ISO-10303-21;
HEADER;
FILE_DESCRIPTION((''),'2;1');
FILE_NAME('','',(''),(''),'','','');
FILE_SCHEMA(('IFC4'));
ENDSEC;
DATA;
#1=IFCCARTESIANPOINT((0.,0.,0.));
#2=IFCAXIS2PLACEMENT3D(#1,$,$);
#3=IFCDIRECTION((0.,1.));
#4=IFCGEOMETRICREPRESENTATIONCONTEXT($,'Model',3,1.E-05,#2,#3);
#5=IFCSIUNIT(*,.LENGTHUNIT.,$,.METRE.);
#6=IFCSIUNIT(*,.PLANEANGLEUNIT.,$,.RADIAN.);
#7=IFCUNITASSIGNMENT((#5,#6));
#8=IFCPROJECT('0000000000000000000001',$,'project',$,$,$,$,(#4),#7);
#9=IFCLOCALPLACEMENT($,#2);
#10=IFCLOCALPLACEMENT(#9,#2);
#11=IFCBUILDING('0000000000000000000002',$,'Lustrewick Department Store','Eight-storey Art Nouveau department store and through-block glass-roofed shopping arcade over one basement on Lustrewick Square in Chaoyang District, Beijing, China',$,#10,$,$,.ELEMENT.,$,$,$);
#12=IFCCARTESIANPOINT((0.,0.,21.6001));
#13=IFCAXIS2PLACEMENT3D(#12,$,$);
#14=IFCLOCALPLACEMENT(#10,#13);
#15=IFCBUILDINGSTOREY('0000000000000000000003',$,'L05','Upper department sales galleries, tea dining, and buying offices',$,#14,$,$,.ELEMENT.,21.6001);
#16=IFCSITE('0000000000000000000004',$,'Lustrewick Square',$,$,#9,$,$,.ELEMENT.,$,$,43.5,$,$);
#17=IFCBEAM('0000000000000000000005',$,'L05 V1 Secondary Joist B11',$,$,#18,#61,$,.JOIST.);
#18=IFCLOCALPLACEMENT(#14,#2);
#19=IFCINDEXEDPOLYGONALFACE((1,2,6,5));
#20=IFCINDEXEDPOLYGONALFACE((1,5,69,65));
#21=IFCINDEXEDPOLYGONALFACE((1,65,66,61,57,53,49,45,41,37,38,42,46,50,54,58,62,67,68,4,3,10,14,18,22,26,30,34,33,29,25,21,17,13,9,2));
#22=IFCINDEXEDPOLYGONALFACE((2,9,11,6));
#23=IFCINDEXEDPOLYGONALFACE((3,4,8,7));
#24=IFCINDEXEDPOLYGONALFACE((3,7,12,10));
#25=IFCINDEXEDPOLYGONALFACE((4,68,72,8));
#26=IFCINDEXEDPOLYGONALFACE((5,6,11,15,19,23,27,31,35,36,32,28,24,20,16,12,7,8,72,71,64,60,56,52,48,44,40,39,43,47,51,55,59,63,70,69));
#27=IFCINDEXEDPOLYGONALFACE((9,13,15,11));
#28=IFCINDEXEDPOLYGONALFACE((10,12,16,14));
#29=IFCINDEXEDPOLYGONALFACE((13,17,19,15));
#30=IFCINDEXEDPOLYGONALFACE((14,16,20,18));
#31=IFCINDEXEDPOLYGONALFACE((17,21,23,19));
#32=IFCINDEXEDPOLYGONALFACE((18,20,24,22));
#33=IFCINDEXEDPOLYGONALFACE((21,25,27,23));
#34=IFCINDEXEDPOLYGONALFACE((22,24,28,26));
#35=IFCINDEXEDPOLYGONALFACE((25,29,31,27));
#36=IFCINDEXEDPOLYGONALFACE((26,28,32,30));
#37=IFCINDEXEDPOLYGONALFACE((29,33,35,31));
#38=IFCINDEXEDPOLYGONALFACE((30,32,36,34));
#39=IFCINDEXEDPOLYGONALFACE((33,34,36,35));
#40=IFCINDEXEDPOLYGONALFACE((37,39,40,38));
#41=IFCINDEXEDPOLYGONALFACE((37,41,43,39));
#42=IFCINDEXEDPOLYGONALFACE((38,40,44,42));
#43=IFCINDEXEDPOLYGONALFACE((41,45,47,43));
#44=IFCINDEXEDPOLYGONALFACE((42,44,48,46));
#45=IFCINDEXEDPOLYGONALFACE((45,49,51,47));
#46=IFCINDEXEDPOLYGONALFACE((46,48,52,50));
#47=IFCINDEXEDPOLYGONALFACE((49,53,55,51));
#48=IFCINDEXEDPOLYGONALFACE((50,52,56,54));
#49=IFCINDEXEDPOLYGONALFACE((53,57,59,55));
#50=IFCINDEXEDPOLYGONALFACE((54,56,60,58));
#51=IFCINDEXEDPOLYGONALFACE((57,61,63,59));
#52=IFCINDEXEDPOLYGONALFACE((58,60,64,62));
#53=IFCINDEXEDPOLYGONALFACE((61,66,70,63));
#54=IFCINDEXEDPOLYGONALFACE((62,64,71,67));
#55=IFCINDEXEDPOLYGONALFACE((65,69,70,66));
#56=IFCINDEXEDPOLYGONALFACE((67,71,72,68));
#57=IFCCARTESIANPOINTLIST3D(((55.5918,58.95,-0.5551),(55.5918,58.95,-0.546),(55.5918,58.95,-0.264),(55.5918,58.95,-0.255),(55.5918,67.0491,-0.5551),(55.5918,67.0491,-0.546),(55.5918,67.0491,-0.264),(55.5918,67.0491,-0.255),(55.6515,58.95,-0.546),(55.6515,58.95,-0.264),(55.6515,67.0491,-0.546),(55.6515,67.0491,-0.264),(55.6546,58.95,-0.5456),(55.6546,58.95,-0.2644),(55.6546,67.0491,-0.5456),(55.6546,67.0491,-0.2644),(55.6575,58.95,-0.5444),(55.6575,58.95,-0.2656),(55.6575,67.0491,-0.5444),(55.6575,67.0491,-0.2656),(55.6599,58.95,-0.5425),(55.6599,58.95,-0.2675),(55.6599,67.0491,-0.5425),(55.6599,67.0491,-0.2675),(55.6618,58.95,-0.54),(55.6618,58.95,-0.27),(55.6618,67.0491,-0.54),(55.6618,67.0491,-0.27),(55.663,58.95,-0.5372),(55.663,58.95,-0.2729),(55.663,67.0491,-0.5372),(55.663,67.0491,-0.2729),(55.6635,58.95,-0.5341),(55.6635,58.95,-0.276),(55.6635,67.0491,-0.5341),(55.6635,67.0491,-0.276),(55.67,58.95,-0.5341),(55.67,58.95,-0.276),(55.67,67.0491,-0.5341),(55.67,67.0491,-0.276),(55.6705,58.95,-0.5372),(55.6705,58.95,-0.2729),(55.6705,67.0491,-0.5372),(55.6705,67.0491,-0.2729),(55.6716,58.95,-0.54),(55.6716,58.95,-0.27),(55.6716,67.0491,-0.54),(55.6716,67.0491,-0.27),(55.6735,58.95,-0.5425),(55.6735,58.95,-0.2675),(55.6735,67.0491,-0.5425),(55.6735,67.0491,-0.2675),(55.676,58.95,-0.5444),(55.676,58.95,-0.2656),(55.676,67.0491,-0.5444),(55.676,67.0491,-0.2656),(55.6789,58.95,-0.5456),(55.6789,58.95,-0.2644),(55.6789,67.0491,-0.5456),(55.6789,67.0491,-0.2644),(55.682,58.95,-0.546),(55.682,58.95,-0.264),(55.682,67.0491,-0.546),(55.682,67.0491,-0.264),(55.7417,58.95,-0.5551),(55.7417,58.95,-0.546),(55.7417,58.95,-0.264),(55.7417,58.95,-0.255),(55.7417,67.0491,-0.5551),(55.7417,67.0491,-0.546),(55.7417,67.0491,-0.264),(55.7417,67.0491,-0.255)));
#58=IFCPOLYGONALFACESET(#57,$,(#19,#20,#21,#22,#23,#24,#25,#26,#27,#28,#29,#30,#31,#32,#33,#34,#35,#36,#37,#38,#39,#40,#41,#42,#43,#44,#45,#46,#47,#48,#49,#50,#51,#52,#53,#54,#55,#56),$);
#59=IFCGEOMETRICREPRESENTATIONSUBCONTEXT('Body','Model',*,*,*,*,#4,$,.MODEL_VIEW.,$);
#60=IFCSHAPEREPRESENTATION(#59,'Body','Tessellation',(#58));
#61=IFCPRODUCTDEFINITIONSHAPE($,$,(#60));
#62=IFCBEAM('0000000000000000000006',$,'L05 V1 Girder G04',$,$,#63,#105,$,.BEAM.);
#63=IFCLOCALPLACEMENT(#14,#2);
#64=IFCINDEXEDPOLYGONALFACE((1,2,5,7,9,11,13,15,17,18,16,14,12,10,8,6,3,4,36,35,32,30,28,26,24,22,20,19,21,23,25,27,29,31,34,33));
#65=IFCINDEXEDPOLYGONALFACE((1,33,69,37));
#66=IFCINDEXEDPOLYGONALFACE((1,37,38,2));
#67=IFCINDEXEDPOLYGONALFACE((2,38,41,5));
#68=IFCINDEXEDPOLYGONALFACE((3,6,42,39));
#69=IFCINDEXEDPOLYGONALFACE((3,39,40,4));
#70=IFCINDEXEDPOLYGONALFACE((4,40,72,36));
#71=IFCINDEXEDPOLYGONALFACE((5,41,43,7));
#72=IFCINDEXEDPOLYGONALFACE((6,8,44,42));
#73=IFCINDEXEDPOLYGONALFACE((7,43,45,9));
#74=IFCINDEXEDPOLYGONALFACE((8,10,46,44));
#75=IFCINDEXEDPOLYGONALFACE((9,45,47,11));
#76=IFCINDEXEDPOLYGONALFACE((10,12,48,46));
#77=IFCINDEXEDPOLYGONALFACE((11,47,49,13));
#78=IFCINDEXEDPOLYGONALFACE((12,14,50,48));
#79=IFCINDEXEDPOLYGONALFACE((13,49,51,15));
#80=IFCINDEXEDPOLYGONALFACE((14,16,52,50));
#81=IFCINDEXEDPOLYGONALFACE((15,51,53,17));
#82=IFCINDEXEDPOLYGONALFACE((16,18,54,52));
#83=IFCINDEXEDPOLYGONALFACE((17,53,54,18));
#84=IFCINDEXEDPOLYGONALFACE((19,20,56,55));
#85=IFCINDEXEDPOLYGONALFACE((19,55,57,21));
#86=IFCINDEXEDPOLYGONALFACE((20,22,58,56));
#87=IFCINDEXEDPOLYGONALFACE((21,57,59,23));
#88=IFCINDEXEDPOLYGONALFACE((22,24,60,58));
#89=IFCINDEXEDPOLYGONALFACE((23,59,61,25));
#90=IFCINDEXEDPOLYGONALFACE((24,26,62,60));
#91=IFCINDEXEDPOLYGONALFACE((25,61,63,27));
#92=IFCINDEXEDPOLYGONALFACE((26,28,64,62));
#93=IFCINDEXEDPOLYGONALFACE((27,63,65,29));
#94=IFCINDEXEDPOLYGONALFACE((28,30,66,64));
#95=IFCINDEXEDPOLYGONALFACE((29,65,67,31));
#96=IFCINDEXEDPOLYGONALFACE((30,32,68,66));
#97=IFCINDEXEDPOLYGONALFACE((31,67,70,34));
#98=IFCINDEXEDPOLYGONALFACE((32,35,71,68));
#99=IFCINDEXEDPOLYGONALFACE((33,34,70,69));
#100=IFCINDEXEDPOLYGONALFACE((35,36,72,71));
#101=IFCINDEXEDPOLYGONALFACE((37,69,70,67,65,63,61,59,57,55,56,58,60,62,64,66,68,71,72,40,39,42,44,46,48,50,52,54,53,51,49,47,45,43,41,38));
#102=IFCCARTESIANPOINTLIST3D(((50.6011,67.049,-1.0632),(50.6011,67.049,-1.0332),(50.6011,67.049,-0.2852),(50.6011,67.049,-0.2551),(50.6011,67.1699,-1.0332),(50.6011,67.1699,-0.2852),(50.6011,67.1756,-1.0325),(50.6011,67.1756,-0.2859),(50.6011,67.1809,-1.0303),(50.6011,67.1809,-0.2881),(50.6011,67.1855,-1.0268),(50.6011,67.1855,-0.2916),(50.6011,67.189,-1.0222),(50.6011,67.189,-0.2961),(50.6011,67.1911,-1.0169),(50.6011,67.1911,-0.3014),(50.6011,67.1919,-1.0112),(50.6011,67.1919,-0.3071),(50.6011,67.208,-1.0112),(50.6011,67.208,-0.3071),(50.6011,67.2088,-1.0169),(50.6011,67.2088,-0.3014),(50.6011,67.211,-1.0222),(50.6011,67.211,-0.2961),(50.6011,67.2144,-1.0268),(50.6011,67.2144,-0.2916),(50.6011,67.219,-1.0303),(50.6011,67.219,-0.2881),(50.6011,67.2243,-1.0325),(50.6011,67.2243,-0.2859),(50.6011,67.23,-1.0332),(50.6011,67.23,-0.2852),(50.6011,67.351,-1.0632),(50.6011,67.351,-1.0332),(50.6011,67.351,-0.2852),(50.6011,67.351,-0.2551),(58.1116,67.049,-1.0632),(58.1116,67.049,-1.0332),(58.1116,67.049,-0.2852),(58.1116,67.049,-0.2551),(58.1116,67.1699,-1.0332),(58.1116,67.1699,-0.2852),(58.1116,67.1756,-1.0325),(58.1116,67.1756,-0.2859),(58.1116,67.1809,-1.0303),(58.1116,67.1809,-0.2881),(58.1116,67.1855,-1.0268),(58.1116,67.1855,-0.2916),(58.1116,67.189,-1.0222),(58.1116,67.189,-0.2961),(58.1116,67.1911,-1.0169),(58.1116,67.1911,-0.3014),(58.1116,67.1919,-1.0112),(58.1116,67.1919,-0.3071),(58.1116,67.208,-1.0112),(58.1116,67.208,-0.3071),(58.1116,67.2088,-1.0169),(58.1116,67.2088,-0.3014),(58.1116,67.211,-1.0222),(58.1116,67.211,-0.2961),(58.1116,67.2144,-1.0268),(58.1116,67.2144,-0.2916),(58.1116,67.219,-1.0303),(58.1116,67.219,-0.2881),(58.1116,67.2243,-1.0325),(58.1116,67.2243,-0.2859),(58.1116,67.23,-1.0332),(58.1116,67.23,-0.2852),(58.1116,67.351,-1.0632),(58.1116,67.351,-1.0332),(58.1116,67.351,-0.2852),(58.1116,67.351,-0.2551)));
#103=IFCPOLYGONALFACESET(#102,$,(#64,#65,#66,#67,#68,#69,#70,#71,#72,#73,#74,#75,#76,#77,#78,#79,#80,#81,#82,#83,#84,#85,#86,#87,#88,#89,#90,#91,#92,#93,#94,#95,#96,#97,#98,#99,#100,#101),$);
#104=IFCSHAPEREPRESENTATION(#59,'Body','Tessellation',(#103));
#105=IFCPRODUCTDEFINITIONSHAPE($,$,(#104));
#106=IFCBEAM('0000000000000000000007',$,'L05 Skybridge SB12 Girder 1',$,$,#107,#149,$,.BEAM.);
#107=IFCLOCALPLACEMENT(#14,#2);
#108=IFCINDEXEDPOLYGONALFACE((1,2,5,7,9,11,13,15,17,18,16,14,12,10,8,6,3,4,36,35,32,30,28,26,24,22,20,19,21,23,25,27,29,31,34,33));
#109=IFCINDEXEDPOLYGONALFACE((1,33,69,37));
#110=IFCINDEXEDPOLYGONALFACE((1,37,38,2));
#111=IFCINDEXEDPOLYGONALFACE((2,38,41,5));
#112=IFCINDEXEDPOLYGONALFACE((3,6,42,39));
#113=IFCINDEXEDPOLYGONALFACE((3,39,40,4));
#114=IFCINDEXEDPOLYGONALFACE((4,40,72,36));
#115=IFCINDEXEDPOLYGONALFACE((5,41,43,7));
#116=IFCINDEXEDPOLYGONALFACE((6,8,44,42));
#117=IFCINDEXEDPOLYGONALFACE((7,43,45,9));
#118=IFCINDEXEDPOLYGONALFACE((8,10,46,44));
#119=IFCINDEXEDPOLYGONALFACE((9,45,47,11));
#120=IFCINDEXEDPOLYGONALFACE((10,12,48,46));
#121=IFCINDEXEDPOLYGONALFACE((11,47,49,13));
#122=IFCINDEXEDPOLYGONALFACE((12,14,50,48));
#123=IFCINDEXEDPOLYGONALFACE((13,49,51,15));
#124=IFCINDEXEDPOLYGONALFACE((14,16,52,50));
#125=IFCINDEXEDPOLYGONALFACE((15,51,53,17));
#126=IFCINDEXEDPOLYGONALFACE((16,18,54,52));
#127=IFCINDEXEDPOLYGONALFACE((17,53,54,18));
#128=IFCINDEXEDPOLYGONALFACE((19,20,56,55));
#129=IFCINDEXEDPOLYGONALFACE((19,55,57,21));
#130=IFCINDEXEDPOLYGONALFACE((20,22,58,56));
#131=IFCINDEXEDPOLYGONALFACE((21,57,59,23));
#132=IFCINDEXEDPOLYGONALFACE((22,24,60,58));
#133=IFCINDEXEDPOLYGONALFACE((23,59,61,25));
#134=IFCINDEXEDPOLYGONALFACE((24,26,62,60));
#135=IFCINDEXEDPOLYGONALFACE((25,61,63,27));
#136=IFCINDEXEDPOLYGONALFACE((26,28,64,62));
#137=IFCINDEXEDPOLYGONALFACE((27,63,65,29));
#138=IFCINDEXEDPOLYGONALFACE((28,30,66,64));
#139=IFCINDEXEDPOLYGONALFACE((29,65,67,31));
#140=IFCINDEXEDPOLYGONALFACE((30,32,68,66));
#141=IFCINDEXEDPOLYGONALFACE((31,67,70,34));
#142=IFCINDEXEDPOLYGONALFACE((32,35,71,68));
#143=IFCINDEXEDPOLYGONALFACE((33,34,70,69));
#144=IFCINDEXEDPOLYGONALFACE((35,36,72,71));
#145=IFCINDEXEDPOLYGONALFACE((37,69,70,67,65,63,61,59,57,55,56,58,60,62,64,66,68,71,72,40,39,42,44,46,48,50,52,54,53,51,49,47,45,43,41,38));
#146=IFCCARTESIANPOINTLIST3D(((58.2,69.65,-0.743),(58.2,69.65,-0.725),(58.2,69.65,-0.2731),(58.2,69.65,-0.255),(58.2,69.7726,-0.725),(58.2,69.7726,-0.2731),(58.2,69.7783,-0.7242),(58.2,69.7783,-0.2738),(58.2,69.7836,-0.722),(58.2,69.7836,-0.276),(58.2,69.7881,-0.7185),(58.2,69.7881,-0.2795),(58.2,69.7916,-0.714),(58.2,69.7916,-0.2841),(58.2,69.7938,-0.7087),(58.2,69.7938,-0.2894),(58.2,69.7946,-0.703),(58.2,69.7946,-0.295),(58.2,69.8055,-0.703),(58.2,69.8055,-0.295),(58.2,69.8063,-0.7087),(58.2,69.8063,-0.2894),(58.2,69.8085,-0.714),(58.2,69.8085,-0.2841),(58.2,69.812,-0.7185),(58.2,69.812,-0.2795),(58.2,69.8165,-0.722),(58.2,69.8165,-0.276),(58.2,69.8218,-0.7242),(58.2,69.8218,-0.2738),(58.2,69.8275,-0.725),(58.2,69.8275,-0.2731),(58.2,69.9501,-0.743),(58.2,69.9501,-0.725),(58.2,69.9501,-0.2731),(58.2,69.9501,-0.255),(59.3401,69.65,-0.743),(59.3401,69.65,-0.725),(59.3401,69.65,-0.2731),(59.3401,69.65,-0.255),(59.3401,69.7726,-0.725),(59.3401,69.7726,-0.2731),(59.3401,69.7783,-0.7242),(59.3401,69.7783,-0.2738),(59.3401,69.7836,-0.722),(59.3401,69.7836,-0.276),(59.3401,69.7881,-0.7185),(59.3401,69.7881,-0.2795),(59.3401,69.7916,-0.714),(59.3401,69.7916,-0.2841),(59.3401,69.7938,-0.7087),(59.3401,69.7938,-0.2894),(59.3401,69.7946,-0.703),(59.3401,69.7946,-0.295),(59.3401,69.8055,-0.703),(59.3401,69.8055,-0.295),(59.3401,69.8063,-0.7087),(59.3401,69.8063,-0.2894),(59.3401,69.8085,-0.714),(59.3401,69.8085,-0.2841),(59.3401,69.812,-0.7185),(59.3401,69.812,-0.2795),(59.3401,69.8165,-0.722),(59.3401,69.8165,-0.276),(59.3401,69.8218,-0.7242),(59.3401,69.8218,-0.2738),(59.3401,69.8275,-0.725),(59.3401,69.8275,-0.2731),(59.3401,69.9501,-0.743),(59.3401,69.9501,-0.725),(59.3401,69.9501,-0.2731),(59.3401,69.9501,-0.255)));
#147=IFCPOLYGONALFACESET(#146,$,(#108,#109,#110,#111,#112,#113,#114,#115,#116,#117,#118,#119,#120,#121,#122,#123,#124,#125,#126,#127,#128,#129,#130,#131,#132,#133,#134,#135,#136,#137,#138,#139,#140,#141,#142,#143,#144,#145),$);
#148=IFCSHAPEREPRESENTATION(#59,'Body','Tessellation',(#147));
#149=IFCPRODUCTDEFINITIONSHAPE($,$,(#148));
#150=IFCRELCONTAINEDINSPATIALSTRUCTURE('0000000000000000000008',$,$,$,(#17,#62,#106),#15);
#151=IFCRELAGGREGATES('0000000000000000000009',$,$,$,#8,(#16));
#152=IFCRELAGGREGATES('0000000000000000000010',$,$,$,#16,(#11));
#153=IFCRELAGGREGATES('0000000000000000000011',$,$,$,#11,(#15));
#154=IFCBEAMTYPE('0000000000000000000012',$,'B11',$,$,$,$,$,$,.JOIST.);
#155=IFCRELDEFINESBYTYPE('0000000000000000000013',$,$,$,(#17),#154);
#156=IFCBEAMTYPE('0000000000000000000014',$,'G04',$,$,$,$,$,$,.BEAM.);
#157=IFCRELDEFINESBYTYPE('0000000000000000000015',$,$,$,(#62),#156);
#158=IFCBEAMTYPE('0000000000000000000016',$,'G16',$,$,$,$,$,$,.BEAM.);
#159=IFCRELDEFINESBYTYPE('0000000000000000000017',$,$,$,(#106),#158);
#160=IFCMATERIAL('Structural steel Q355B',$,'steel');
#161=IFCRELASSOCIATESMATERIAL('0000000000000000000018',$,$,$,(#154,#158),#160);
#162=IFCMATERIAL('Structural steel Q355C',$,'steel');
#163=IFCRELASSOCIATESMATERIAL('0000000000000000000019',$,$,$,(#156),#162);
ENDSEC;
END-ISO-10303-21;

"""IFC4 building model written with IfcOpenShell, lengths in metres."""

from ifc_helpers import new_model, si_unit, direction, frame, origin, origin_2d, place, context, subcontext, project, spatial, i_section, extrude, material, material_profile, profile_set, type_object, element, save


model = new_model("IFC4")

# Units and contexts
model_context = context("Model", 3, precision=1e-05, world=origin(), true_north=direction((0.0, 1.0)))
body_context = subcontext(model_context, "Body", "Model", "MODEL_VIEW")
ifc_project = project(units=[si_unit("LENGTHUNIT", "METRE"), si_unit("PLANEANGLEUNIT", "RADIAN")], contexts=[model_context])

# Site, building, storey
site_placement = place(None, origin())
site = spatial("IfcSite", under=ifc_project, at=site_placement, Name="Lustrewick Square", CompositionType="ELEMENT", RefElevation=43.5)
building_placement = place(site_placement, origin())
building = spatial("IfcBuilding", under=site, at=building_placement, Name="Lustrewick Department Store", Description="Eight-storey Art Nouveau department store and through-block glass-roofed shopping arcade over one basement on Lustrewick Square in Chaoyang District, Beijing, China", CompositionType="ELEMENT")
storey_placement = place(building_placement, frame((0.0, 0.0, 21.6001)))
storey = spatial("IfcBuildingStorey", under=building, at=storey_placement, Name="L05", Description="Upper department sales galleries, tea dining, and buying offices", CompositionType="ELEMENT", Elevation=21.6001)

# Shared definitions
ifc_material_1 = material(Name="Structural steel Q355B", Category="steel")

# Beams
ifc_material_profile_1 = material_profile(ifc_material_1, i_section(OverallWidth=0.1499, OverallDepth=0.3, WebThickness=0.0066, FlangeThickness=0.009, FilletRadius=0.012, at=origin_2d()), Name="HN 300x150x6.5x9")
ifc_profile_set_1 = profile_set([ifc_material_profile_1], Name="Structural steel Q355B")
beam_type_1 = type_object("IfcBeamType", Name="B11", PredefinedType="JOIST", material=ifc_profile_set_1)
beam_1_placement = place(storey_placement, frame((55.6667, 58.95, -0.405), z_axis=(0.0, 1.0, 0.0), x_axis=(-1.0, 0.0, 0.0)))
element("IfcBeam", 1, at=beam_1_placement, inside=storey, type_object=beam_type_1, Name="L05 V1 Secondary Joist B11", PredefinedType="JOIST", context=body_context, shape_type="SweptSolid", body=[
    extrude(i_section(OverallWidth=0.1499, OverallDepth=0.3, WebThickness=0.0066, FlangeThickness=0.009, FilletRadius=0.012, at=origin_2d()), origin(), (0.0, 0.0, 1.0), 8.0991),
])
ifc_material_2 = material(Name="Structural steel Q355C", Category="steel")
ifc_material_profile_2 = material_profile(ifc_material_2, i_section(OverallWidth=0.302, OverallDepth=0.8081, WebThickness=0.0161, FlangeThickness=0.03, FilletRadius=0.022, at=origin_2d()), Name="HN 808x302x16x30")
ifc_profile_set_2 = profile_set([ifc_material_profile_2], Name="Structural steel Q355C")
beam_type_2 = type_object("IfcBeamType", Name="G04", PredefinedType="BEAM", material=ifc_profile_set_2)
beam_2_placement = place(storey_placement, frame((50.6011, 67.2, -0.6592), z_axis=(1.0, 0.0, 0.0), x_axis=(0.0, 1.0, 0.0)))
element("IfcBeam", 2, at=beam_2_placement, inside=storey, type_object=beam_type_2, Name="L05 V1 Girder G04", PredefinedType="BEAM", context=body_context, shape_type="SweptSolid", body=[
    extrude(i_section(OverallWidth=0.302, OverallDepth=0.8081, WebThickness=0.0161, FlangeThickness=0.03, FilletRadius=0.022, at=origin_2d()), origin(), (0.0, 0.0, 1.0), 7.5105),
])
ifc_material_profile_3 = material_profile(ifc_material_1, i_section(OverallWidth=0.3, OverallDepth=0.488, WebThickness=0.011, FlangeThickness=0.0181, FilletRadius=0.022, at=origin_2d()), Name="HM 488x300x11x18")
ifc_profile_set_3 = profile_set([ifc_material_profile_3], Name="Structural steel Q355B")
beam_type_3 = type_object("IfcBeamType", Name="G16", PredefinedType="BEAM", material=ifc_profile_set_3)
beam_3_placement = place(storey_placement, frame((58.2, 69.8, -0.499), z_axis=(1.0, 0.0, 0.0), x_axis=(0.0, 1.0, 0.0)))
element("IfcBeam", 3, at=beam_3_placement, inside=storey, type_object=beam_type_3, Name="L05 Skybridge SB12 Girder 1", PredefinedType="BEAM", context=body_context, shape_type="SweptSolid", body=[
    extrude(i_section(OverallWidth=0.3, OverallDepth=0.488, WebThickness=0.011, FlangeThickness=0.0181, FilletRadius=0.022, at=origin_2d()), origin(), (0.0, 0.0, 1.0), 1.1401),
])

save(model, "model.ifc")
